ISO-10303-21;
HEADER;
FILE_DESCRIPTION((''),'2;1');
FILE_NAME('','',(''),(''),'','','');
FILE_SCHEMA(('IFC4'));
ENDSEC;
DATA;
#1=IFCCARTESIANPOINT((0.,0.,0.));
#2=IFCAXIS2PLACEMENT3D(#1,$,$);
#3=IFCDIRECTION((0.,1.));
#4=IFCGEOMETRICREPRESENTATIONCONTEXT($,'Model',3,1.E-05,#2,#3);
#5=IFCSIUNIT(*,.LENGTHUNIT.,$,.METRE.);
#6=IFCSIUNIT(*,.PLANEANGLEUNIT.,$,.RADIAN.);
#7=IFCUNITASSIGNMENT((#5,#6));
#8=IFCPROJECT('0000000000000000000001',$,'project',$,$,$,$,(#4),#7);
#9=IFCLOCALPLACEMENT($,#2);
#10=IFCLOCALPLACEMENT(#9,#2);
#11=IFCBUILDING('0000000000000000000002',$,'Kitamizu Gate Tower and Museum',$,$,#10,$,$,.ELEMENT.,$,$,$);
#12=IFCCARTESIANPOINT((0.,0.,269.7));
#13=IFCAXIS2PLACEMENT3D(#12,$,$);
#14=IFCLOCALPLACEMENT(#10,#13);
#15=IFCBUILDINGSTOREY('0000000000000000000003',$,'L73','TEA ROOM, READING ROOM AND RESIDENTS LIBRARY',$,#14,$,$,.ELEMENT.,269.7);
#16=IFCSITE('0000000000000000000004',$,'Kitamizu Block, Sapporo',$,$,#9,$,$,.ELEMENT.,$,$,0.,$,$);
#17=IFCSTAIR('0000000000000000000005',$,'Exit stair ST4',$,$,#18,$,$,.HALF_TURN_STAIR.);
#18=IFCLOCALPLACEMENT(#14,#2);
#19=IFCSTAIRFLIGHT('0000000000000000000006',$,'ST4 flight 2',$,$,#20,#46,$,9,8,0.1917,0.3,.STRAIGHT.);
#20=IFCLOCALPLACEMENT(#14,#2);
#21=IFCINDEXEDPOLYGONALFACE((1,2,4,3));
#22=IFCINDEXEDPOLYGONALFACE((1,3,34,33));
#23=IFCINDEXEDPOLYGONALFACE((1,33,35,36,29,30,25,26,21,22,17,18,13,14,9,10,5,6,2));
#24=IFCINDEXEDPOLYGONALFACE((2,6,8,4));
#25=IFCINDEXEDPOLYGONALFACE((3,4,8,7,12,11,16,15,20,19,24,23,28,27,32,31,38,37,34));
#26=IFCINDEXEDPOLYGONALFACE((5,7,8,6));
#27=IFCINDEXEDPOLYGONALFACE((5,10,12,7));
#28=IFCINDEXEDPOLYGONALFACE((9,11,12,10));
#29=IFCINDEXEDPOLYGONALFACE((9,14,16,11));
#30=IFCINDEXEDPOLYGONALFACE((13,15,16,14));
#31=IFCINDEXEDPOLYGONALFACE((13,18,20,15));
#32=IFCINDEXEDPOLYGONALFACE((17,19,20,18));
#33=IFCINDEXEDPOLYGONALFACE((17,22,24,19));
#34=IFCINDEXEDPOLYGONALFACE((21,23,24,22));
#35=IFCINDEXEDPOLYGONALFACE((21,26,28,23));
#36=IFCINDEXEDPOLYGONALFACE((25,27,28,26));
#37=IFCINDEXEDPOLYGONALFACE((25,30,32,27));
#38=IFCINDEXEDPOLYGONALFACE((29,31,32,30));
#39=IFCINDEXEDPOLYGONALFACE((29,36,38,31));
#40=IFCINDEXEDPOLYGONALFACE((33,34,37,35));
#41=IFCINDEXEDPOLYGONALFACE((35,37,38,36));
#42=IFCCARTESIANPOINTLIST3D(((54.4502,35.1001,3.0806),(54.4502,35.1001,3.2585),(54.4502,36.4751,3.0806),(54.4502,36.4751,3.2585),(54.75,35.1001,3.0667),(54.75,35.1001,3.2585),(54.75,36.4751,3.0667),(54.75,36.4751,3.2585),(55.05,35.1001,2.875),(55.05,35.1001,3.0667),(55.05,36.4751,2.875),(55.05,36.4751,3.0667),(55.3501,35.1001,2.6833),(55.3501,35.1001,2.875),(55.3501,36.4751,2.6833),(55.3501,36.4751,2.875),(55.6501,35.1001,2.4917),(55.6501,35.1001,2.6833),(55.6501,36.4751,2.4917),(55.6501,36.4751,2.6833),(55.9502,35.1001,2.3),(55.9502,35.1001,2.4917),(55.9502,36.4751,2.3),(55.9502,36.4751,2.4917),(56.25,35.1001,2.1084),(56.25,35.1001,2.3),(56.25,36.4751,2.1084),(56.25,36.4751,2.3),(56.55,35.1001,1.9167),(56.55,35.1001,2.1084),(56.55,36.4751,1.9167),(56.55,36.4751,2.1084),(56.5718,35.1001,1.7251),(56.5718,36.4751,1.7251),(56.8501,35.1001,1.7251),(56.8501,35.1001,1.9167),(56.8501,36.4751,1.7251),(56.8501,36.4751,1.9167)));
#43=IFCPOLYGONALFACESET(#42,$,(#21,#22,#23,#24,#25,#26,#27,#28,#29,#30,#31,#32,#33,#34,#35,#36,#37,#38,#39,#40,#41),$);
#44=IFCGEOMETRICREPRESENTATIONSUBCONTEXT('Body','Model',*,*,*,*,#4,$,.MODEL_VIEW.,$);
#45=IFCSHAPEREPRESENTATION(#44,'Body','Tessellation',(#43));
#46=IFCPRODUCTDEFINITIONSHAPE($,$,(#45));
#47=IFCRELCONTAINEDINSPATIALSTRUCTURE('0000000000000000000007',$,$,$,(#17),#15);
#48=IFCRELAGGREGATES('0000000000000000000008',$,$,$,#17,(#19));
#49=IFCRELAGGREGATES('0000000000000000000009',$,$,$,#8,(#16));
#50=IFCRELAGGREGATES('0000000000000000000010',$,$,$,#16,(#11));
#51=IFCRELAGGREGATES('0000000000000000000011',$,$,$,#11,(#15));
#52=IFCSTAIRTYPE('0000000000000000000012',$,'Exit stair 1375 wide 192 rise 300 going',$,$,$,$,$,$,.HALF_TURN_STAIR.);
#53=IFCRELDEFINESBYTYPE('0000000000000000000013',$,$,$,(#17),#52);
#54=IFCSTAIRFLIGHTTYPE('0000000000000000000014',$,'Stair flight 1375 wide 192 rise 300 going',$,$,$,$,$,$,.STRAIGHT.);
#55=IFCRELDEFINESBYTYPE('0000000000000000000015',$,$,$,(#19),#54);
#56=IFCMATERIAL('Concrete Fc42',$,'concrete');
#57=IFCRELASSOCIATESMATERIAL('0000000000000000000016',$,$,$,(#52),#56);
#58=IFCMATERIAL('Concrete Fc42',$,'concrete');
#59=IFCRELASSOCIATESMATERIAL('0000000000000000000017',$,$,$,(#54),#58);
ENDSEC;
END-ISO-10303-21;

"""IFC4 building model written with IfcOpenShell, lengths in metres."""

from ifc_helpers import new_model, si_unit, direction, frame, origin, place, context, subcontext, project, spatial, polyline, outline, extrude, material, type_object, element, aggregate, save


model = new_model("IFC4")

# Units and contexts
model_context = context("Model", 3, precision=1e-05, world=origin(), true_north=direction((0.0, 1.0)))
body_context = subcontext(model_context, "Body", "Model", "MODEL_VIEW")
ifc_project = project(units=[si_unit("LENGTHUNIT", "METRE"), si_unit("PLANEANGLEUNIT", "RADIAN")], contexts=[model_context])

# Site, building, storey
site_placement = place(None, origin())
site = spatial("IfcSite", under=ifc_project, at=site_placement, Name="Kitamizu Block, Sapporo", CompositionType="ELEMENT", RefElevation=0.0)
building_placement = place(site_placement, origin())
building = spatial("IfcBuilding", under=site, at=building_placement, Name="Kitamizu Gate Tower and Museum", CompositionType="ELEMENT")
storey_placement = place(building_placement, frame((0.0, 0.0, 269.7)))
storey = spatial("IfcBuildingStorey", under=building, at=storey_placement, Name="L73", Description="TEA ROOM, READING ROOM AND RESIDENTS LIBRARY", CompositionType="ELEMENT", Elevation=269.7)

# Stair, stair flight
ifc_material_1 = material(Name="Concrete Fc42", Category="concrete")
stair_type = type_object("IfcStairType", Name="Exit stair 1375 wide 192 rise 300 going", PredefinedType="HALF_TURN_STAIR", material=ifc_material_1)
stair_placement = place(storey_placement, origin())
stair = element("IfcStair", 1, at=stair_placement, inside=storey, type_object=stair_type, Name="Exit stair ST4", PredefinedType="HALF_TURN_STAIR")
ifc_material_2 = material(Name="Concrete Fc42", Category="concrete")
stair_flight_type = type_object("IfcStairFlightType", Name="Stair flight 1375 wide 192 rise 300 going", PredefinedType="STRAIGHT", material=ifc_material_2)
stair_flight_1_placement = place(storey_placement, frame((56.8501, 35.7876, 1.7251), z_axis=(0.0, 0.0, 1.0), x_axis=(-1.0, 0.0, 0.0)))
stair_flight_1 = element("IfcStairFlight", 2, at=stair_flight_1_placement, type_object=stair_flight_type, Name="ST4 flight 2", NumberOfRisers=9, NumberOfTreads=8, PredefinedType="STRAIGHT", RiserHeight=0.1917, TreadLength=0.3, context=body_context, shape_type="SweptSolid", body=[
    extrude(outline(polyline([(0.0, 0.0), (0.0, 0.1917), (0.3, 0.1917), (0.3, 0.3833), (0.6001, 0.3833), (0.6001, 0.575), (0.8999, 0.575), (0.8999, 0.7666), (1.2, 0.7666), (1.2, 0.9583), (1.5, 0.9583), (1.5, 1.1499), (1.8, 1.1499), (1.8, 1.3416), (2.1001, 1.3416), (2.1001, 1.5334), (2.3999, 1.5334), (2.3999, 1.7251), (2.3999, 1.3555), (0.2783, 0.0), (0.0, 0.0)])), frame((0.0, 0.6875, 0.0), z_axis=(0.0, -1.0, 0.0), x_axis=(1.0, 0.0, 0.0)), (0.0, 0.0, 1.0), 1.375),
])
aggregate(stair, [stair_flight_1])

save(model, "model.ifc")
